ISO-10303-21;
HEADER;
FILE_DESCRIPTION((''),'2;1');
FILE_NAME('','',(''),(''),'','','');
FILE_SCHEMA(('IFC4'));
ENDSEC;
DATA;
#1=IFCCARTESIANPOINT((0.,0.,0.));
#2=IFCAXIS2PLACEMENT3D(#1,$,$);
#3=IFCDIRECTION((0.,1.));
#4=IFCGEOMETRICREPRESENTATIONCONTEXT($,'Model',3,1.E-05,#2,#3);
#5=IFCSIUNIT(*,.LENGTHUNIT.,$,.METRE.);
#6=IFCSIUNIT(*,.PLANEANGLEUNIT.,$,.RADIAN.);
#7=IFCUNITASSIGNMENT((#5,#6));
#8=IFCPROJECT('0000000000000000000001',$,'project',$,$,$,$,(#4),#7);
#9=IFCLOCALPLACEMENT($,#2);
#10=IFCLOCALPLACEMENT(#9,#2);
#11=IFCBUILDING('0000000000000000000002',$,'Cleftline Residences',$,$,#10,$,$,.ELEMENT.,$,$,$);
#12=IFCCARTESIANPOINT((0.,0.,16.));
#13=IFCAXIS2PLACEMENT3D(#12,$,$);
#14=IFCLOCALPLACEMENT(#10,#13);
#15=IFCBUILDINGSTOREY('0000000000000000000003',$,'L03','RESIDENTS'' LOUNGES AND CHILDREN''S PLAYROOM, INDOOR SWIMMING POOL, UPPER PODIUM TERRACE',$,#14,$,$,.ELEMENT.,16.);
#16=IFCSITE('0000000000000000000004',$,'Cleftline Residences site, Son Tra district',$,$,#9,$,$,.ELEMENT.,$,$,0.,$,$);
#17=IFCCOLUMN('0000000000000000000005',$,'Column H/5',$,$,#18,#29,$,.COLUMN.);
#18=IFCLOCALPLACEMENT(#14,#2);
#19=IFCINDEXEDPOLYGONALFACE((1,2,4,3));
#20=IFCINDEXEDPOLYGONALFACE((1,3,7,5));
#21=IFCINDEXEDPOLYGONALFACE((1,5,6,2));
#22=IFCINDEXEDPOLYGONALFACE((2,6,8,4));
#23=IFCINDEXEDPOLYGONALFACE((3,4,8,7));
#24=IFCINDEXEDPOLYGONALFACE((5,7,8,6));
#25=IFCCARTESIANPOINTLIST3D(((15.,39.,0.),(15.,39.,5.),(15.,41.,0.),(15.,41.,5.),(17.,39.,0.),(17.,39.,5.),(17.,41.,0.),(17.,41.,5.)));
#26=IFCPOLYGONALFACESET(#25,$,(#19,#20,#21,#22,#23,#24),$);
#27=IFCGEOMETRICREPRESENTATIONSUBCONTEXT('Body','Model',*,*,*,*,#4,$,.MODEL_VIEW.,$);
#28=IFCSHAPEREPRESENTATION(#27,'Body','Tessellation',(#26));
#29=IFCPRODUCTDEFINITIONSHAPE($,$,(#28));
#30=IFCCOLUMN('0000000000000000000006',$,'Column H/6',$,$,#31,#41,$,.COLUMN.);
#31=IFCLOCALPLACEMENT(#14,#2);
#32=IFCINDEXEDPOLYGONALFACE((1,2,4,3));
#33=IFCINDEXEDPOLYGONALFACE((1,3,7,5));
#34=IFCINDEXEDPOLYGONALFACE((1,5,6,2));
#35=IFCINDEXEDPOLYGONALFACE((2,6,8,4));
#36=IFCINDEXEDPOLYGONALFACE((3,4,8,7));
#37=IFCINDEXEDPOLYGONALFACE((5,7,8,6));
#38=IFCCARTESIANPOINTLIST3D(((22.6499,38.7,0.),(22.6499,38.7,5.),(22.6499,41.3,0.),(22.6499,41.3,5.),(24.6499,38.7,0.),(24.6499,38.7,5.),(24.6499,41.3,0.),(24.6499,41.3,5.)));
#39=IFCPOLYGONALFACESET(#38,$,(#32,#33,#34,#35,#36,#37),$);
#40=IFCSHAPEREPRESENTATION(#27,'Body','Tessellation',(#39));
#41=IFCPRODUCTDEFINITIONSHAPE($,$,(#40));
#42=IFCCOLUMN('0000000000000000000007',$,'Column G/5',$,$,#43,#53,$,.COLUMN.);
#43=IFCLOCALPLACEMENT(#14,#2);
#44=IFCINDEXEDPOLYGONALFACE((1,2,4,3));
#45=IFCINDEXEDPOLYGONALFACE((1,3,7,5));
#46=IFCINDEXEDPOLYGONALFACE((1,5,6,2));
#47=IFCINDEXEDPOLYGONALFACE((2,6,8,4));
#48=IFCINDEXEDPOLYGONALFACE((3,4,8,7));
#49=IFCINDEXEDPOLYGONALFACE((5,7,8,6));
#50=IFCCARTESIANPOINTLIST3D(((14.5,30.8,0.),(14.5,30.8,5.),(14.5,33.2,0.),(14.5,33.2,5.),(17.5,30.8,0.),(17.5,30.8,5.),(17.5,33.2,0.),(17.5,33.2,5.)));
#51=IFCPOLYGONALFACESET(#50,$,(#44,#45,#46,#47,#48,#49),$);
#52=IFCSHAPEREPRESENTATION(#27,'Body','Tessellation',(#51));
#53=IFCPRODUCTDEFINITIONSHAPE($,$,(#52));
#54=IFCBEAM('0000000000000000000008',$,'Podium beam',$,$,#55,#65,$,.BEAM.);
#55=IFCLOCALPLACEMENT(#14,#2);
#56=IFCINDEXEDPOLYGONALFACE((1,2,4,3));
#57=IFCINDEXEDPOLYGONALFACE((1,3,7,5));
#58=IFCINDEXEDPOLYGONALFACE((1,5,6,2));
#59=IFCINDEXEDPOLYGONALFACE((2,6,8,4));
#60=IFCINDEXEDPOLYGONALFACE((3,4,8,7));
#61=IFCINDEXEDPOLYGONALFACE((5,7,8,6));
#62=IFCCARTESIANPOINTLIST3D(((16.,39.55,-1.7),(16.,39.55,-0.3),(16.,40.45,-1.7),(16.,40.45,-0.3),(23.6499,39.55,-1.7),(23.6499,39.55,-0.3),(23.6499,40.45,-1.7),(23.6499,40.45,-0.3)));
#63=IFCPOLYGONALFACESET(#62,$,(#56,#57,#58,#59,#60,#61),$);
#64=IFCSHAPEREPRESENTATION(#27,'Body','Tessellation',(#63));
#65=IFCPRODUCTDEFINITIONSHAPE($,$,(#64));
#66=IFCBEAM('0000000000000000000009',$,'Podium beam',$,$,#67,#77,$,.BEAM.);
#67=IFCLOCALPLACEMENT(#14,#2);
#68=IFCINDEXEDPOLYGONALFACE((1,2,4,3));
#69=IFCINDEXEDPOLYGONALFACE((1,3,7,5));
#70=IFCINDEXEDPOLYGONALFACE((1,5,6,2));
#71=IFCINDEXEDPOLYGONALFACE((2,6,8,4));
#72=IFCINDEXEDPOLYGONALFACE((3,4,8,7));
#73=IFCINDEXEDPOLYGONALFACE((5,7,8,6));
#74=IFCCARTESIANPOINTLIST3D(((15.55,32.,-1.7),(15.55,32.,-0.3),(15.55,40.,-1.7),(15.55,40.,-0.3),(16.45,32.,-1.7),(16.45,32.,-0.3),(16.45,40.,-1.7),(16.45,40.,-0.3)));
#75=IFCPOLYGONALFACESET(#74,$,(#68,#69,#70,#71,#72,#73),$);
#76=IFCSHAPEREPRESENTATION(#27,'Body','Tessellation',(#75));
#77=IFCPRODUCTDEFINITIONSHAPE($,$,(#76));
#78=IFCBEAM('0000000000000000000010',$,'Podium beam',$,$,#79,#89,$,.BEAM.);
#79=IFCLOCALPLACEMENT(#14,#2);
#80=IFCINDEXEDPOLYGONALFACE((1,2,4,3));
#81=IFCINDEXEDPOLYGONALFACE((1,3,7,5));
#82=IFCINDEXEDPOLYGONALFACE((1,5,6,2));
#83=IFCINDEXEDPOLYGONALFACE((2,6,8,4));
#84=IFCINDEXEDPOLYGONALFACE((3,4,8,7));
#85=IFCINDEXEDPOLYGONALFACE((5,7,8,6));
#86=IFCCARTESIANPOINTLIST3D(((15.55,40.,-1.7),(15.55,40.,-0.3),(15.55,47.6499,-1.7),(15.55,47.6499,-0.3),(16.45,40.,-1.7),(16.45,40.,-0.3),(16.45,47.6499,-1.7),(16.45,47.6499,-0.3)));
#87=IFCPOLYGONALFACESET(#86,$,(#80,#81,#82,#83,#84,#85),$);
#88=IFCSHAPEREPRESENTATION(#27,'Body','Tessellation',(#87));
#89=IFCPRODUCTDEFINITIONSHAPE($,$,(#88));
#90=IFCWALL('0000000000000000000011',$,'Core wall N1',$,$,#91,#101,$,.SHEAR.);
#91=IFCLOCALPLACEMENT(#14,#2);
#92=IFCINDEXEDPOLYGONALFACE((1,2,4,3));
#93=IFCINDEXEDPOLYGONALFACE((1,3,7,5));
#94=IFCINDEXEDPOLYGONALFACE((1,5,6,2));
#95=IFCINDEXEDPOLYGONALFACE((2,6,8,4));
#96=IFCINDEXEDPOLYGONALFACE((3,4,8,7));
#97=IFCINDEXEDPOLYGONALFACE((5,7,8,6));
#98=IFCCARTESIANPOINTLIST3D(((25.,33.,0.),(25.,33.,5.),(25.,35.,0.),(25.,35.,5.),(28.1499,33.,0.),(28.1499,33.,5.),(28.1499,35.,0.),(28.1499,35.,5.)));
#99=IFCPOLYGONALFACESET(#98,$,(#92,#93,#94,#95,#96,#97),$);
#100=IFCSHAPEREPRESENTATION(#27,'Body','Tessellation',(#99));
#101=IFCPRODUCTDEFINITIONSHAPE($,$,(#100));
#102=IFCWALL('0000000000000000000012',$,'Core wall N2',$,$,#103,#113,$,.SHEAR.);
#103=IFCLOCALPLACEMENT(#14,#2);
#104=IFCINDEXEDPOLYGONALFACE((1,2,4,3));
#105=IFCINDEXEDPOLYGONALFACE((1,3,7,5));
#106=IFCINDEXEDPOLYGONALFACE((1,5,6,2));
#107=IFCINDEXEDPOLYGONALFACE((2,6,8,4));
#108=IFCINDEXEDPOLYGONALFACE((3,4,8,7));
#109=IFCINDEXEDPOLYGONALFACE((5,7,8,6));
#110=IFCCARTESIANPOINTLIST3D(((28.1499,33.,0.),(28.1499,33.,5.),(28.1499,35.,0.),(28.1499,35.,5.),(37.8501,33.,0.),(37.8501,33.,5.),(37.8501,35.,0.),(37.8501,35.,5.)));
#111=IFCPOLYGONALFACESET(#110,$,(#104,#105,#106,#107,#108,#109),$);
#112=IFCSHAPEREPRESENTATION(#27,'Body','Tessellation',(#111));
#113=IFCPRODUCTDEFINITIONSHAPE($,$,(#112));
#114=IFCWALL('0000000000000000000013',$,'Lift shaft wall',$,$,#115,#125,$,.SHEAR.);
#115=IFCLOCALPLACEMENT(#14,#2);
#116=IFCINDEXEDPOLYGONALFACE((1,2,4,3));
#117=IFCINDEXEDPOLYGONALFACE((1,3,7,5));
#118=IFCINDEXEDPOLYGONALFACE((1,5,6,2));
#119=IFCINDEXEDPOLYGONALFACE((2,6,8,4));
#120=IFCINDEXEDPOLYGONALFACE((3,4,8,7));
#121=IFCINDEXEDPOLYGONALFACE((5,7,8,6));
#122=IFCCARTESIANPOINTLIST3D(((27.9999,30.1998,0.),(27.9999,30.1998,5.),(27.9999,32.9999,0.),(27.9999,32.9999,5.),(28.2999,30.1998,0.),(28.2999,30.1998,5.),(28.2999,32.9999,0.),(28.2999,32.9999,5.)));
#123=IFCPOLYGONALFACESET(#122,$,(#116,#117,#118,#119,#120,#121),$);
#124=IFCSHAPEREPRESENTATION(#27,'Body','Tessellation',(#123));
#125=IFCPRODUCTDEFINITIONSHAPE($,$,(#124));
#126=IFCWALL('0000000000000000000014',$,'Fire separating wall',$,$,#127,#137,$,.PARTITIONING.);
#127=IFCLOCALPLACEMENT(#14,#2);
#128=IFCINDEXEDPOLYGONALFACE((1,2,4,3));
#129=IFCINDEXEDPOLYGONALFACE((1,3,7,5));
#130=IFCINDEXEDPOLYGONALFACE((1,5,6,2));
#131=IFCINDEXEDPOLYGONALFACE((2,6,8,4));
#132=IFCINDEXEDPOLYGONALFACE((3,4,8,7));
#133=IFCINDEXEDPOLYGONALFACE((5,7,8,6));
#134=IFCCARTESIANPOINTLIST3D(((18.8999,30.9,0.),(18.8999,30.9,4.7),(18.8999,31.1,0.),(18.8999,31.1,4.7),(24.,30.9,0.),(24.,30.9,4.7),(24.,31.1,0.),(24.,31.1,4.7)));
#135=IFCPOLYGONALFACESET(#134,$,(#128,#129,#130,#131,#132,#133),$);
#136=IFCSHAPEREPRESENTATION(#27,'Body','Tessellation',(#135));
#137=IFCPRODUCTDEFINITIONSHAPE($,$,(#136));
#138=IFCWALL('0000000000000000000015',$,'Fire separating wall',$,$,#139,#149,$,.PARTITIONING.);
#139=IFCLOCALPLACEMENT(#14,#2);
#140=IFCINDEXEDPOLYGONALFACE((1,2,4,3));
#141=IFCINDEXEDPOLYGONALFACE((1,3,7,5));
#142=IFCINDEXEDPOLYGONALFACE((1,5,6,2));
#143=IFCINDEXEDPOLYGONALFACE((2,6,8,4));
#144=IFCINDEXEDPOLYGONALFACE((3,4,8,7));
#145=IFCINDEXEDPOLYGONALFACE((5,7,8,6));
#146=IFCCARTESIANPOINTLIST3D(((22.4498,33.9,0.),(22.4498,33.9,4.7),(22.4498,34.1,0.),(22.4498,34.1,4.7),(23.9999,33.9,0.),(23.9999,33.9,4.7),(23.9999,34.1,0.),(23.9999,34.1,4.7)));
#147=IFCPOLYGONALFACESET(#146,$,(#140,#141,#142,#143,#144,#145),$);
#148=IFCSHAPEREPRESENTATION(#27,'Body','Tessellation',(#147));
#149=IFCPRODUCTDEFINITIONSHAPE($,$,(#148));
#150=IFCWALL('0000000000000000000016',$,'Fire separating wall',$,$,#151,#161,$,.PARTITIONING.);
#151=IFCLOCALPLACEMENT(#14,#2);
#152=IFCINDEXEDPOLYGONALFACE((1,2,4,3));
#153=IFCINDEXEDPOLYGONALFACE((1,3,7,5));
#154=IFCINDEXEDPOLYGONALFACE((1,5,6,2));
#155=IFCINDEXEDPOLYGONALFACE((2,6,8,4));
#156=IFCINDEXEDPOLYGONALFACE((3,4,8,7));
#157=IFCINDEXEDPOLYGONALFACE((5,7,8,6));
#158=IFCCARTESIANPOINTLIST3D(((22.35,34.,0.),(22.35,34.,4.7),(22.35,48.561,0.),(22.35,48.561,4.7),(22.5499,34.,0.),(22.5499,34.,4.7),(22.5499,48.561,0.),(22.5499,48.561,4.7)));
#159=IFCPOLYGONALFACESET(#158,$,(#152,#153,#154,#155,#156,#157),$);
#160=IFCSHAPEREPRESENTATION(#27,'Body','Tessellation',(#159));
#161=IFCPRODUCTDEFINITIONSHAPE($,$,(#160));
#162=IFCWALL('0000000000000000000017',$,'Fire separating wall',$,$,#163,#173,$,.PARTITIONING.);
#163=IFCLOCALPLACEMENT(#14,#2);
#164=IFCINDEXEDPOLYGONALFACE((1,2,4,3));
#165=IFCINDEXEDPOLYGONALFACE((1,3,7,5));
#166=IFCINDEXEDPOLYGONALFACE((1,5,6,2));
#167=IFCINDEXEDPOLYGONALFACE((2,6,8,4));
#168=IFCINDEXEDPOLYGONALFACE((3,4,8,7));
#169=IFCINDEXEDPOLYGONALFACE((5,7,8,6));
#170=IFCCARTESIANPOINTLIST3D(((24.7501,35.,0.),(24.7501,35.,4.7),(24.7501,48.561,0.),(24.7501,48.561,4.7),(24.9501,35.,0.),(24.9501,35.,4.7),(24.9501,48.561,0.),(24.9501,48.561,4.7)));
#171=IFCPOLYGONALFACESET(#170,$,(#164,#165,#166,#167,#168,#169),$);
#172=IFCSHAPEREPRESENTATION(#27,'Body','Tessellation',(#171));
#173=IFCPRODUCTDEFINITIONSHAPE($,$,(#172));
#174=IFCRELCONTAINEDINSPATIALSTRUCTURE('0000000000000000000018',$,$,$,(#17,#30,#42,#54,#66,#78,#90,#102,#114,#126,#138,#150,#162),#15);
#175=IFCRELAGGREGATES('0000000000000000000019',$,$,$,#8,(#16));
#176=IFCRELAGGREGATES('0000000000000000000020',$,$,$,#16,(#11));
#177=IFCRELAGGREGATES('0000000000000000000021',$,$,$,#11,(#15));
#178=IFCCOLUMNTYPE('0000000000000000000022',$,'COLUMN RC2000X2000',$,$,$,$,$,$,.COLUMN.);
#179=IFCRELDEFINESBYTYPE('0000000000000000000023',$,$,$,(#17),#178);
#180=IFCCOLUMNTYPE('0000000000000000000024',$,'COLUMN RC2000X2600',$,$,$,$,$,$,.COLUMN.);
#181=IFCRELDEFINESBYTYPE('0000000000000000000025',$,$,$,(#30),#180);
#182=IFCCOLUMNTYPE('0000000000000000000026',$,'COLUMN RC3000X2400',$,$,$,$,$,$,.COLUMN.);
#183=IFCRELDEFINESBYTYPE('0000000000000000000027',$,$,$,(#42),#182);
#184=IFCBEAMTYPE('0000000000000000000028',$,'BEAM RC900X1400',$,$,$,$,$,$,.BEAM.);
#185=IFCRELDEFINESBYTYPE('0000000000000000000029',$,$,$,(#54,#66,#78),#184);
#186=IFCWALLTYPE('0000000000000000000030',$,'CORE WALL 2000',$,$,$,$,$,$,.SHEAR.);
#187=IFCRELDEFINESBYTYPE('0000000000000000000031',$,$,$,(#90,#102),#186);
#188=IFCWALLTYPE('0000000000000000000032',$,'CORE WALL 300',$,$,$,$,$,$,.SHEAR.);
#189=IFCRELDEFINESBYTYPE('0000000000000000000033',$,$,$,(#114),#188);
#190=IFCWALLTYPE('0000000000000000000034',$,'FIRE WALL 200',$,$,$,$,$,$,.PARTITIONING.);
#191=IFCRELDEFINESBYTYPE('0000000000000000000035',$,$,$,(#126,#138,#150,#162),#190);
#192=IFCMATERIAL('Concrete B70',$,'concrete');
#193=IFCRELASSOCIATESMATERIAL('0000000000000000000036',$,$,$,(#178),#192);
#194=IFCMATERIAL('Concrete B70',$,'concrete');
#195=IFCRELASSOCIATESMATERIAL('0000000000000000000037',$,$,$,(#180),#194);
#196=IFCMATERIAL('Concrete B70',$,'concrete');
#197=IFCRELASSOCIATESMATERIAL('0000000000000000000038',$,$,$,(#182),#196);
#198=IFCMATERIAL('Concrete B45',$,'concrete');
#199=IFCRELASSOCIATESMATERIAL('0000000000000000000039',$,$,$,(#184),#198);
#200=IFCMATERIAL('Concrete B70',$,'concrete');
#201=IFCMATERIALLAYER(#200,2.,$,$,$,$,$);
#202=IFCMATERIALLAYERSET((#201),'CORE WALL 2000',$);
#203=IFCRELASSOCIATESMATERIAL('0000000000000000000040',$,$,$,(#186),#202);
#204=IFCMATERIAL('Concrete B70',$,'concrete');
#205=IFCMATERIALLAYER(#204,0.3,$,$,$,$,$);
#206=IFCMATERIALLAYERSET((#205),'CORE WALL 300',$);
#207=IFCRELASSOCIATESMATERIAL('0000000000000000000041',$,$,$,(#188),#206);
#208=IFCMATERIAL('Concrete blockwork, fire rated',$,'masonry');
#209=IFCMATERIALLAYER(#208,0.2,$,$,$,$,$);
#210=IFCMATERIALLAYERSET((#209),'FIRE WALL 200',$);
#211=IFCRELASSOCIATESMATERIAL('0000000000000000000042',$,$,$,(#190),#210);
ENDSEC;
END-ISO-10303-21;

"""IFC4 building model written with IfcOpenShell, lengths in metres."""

from ifc_helpers import new_model, si_unit, direction, frame, frame_2d, origin, origin_2d, place, context, subcontext, project, spatial, rectangle, extrude, material, layer, layer_set, material_profile, profile_set, type_object, element, save


model = new_model("IFC4")

# Units and contexts
model_context = context("Model", 3, precision=1e-05, world=origin(), true_north=direction((0.0, 1.0)))
body_context = subcontext(model_context, "Body", "Model", "MODEL_VIEW")
ifc_project = project(units=[si_unit("LENGTHUNIT", "METRE"), si_unit("PLANEANGLEUNIT", "RADIAN")], contexts=[model_context])

# Site, building, storey
site_placement = place(None, origin())
site = spatial("IfcSite", under=ifc_project, at=site_placement, Name="Cleftline Residences site, Son Tra district", CompositionType="ELEMENT", RefElevation=0.0)
building_placement = place(site_placement, origin())
building = spatial("IfcBuilding", under=site, at=building_placement, Name="Cleftline Residences", CompositionType="ELEMENT")
storey_placement = place(building_placement, frame((0.0, 0.0, 16.0)))
storey = spatial("IfcBuildingStorey", under=building, at=storey_placement, Name="L03", Description="RESIDENTS' LOUNGES AND CHILDREN'S PLAYROOM, INDOOR SWIMMING POOL, UPPER PODIUM TERRACE", CompositionType="ELEMENT", Elevation=16.0)

# Columns
ifc_material_1 = material(Name="Concrete B70", Category="concrete")
ifc_material_profile_1 = material_profile(ifc_material_1, rectangle(XDim=2.0, YDim=2.0, at=origin_2d()))
ifc_profile_set_1 = profile_set([ifc_material_profile_1], Name="Concrete B70")
column_type_1 = type_object("IfcColumnType", Name="COLUMN RC2000X2000", PredefinedType="COLUMN", material=ifc_profile_set_1)
column_1_placement = place(storey_placement, frame((16.0, 40.0, 0.0), z_axis=(0.0, 0.0, 1.0), x_axis=(1.0, 0.0, 0.0)))
element("IfcColumn", 1, at=column_1_placement, inside=storey, type_object=column_type_1, Name="Column H/5", PredefinedType="COLUMN", context=body_context, shape_type="SweptSolid", body=[
    extrude(rectangle(XDim=2.0, YDim=2.0, at=origin_2d()), origin(), (0.0, 0.0, 1.0), 5.0),
])
ifc_material_2 = material(Name="Concrete B70", Category="concrete")
ifc_material_profile_2 = material_profile(ifc_material_2, rectangle(XDim=2.0, YDim=2.6001, at=origin_2d()))
ifc_profile_set_2 = profile_set([ifc_material_profile_2], Name="Concrete B70")
column_type_2 = type_object("IfcColumnType", Name="COLUMN RC2000X2600", PredefinedType="COLUMN", material=ifc_profile_set_2)
column_2_placement = place(storey_placement, frame((23.6499, 40.0, 0.0), z_axis=(0.0, 0.0, 1.0), x_axis=(1.0, 0.0, 0.0)))
element("IfcColumn", 2, at=column_2_placement, inside=storey, type_object=column_type_2, Name="Column H/6", PredefinedType="COLUMN", context=body_context, shape_type="SweptSolid", body=[
    extrude(rectangle(XDim=2.0, YDim=2.6001, at=origin_2d()), origin(), (0.0, 0.0, 1.0), 5.0),
])
ifc_material_3 = material(Name="Concrete B70", Category="concrete")
ifc_material_profile_3 = material_profile(ifc_material_3, rectangle(XDim=3.0, YDim=2.3999, at=origin_2d()))
ifc_profile_set_3 = profile_set([ifc_material_profile_3], Name="Concrete B70")
column_type_3 = type_object("IfcColumnType", Name="COLUMN RC3000X2400", PredefinedType="COLUMN", material=ifc_profile_set_3)
column_3_placement = place(storey_placement, frame((16.0, 32.0, 0.0), z_axis=(0.0, 0.0, 1.0), x_axis=(1.0, 0.0, 0.0)))
element("IfcColumn", 3, at=column_3_placement, inside=storey, type_object=column_type_3, Name="Column G/5", PredefinedType="COLUMN", context=body_context, shape_type="SweptSolid", body=[
    extrude(rectangle(XDim=3.0, YDim=2.3999, at=origin_2d()), origin(), (0.0, 0.0, 1.0), 5.0),
])

# Beams
ifc_material_4 = material(Name="Concrete B45", Category="concrete")
ifc_material_profile_4 = material_profile(ifc_material_4, rectangle(XDim=0.8999, YDim=1.3999, at=origin_2d()))
ifc_profile_set_4 = profile_set([ifc_material_profile_4], Name="Concrete B45")
beam_type = type_object("IfcBeamType", Name="BEAM RC900X1400", PredefinedType="BEAM", material=ifc_profile_set_4)
beam_1_placement = place(storey_placement, frame((16.0, 40.0, -1.0), z_axis=(1.0, 0.0, 0.0), x_axis=(0.0, 1.0, 0.0)))
element("IfcBeam", 4, at=beam_1_placement, inside=storey, type_object=beam_type, Name="Podium beam", PredefinedType="BEAM", context=body_context, shape_type="SweptSolid", body=[
    extrude(rectangle(XDim=0.8999, YDim=1.3999, at=origin_2d()), origin(), (0.0, 0.0, 1.0), 7.6499),
])
beam_2_placement = place(storey_placement, frame((16.0, 32.0, -1.0), z_axis=(0.0, 1.0, 0.0), x_axis=(-1.0, 0.0, 0.0)))
element("IfcBeam", 5, at=beam_2_placement, inside=storey, type_object=beam_type, Name="Podium beam", PredefinedType="BEAM", context=body_context, shape_type="SweptSolid", body=[
    extrude(rectangle(XDim=0.8999, YDim=1.3999, at=origin_2d()), origin(), (0.0, 0.0, 1.0), 8.0),
])
beam_3_placement = place(storey_placement, frame((16.0, 40.0, -1.0), z_axis=(0.0, 1.0, 0.0), x_axis=(-1.0, 0.0, 0.0)))
element("IfcBeam", 6, at=beam_3_placement, inside=storey, type_object=beam_type, Name="Podium beam", PredefinedType="BEAM", context=body_context, shape_type="SweptSolid", body=[
    extrude(rectangle(XDim=0.8999, YDim=1.3999, at=origin_2d()), origin(), (0.0, 0.0, 1.0), 7.6499),
])

# Walls
ifc_material_5 = material(Name="Concrete B70", Category="concrete")
ifc_layer_1 = layer(ifc_material_5, 2.0)
ifc_layer_set_1 = layer_set([ifc_layer_1], Name="CORE WALL 2000")
wall_type_1 = type_object("IfcWallType", Name="CORE WALL 2000", PredefinedType="SHEAR", material=ifc_layer_set_1)
wall_1_placement = place(storey_placement, frame((25.0, 34.0, 0.0), z_axis=(0.0, 0.0, 1.0), x_axis=(1.0, 0.0, 0.0)))
element("IfcWall", 7, at=wall_1_placement, inside=storey, type_object=wall_type_1, Name="Core wall N1", PredefinedType="SHEAR", context=body_context, shape_type="SweptSolid", body=[
    extrude(rectangle(XDim=3.1499, YDim=2.0, at=frame_2d((1.575, 0.0))), origin(), (0.0, 0.0, 1.0), 5.0),
])
wall_2_placement = place(storey_placement, frame((28.1499, 34.0, 0.0), z_axis=(0.0, 0.0, 1.0), x_axis=(1.0, 0.0, 0.0)))
element("IfcWall", 8, at=wall_2_placement, inside=storey, type_object=wall_type_1, Name="Core wall N2", PredefinedType="SHEAR", context=body_context, shape_type="SweptSolid", body=[
    extrude(rectangle(XDim=9.7002, YDim=2.0, at=frame_2d((4.8501, 0.0))), origin(), (0.0, 0.0, 1.0), 5.0),
])
ifc_material_6 = material(Name="Concrete B70", Category="concrete")
ifc_layer_2 = layer(ifc_material_6, 0.3)
ifc_layer_set_2 = layer_set([ifc_layer_2], Name="CORE WALL 300")
wall_type_2 = type_object("IfcWallType", Name="CORE WALL 300", PredefinedType="SHEAR", material=ifc_layer_set_2)
wall_3_placement = place(storey_placement, frame((28.1499, 30.2, 0.0), z_axis=(0.0, 0.0, 1.0), x_axis=(0.0, 1.0, 0.0)))
element("IfcWall", 9, at=wall_3_placement, inside=storey, type_object=wall_type_2, Name="Lift shaft wall", PredefinedType="SHEAR", context=body_context, shape_type="SweptSolid", body=[
    extrude(rectangle(XDim=2.8, YDim=0.3, at=frame_2d((1.3999, 0.0))), origin(), (0.0, 0.0, 1.0), 5.0),
])
ifc_material_7 = material(Name="Concrete blockwork, fire rated", Category="masonry")
ifc_layer_3 = layer(ifc_material_7, 0.2)
ifc_layer_set_3 = layer_set([ifc_layer_3], Name="FIRE WALL 200")
wall_type_3 = type_object("IfcWallType", Name="FIRE WALL 200", PredefinedType="PARTITIONING", material=ifc_layer_set_3)
wall_4_placement = place(storey_placement, frame((18.8999, 31.0, 0.0), z_axis=(0.0, 0.0, 1.0), x_axis=(1.0, 0.0, 0.0)))
element("IfcWall", 10, at=wall_4_placement, inside=storey, type_object=wall_type_3, Name="Fire separating wall", PredefinedType="PARTITIONING", context=body_context, shape_type="SweptSolid", body=[
    extrude(rectangle(XDim=5.1001, YDim=0.2, at=frame_2d((2.55, 0.0))), origin(), (0.0, 0.0, 1.0), 4.7),
])
wall_5_placement = place(storey_placement, frame((22.45, 34.0, 0.0), z_axis=(0.0, 0.0, 1.0), x_axis=(1.0, 0.0, 0.0)))
element("IfcWall", 11, at=wall_5_placement, inside=storey, type_object=wall_type_3, Name="Fire separating wall", PredefinedType="PARTITIONING", context=body_context, shape_type="SweptSolid", body=[
    extrude(rectangle(XDim=1.55, YDim=0.2, at=frame_2d((0.7749, 0.0))), origin(), (0.0, 0.0, 1.0), 4.7),
])
wall_6_placement = place(storey_placement, frame((22.45, 34.0, 0.0), z_axis=(0.0, 0.0, 1.0), x_axis=(0.0, 1.0, 0.0)))
element("IfcWall", 12, at=wall_6_placement, inside=storey, type_object=wall_type_3, Name="Fire separating wall", PredefinedType="PARTITIONING", context=body_context, shape_type="SweptSolid", body=[
    extrude(rectangle(XDim=14.561, YDim=0.2, at=frame_2d((7.2805, 0.0))), origin(), (0.0, 0.0, 1.0), 4.7),
])
wall_7_placement = place(storey_placement, frame((24.8501, 35.0, 0.0), z_axis=(0.0, 0.0, 1.0), x_axis=(0.0, 1.0, 0.0)))
element("IfcWall", 13, at=wall_7_placement, inside=storey, type_object=wall_type_3, Name="Fire separating wall", PredefinedType="PARTITIONING", context=body_context, shape_type="SweptSolid", body=[
    extrude(rectangle(XDim=13.561, YDim=0.2, at=frame_2d((6.7805, 0.0))), origin(), (0.0, 0.0, 1.0), 4.7),
])

save(model, "model.ifc")
